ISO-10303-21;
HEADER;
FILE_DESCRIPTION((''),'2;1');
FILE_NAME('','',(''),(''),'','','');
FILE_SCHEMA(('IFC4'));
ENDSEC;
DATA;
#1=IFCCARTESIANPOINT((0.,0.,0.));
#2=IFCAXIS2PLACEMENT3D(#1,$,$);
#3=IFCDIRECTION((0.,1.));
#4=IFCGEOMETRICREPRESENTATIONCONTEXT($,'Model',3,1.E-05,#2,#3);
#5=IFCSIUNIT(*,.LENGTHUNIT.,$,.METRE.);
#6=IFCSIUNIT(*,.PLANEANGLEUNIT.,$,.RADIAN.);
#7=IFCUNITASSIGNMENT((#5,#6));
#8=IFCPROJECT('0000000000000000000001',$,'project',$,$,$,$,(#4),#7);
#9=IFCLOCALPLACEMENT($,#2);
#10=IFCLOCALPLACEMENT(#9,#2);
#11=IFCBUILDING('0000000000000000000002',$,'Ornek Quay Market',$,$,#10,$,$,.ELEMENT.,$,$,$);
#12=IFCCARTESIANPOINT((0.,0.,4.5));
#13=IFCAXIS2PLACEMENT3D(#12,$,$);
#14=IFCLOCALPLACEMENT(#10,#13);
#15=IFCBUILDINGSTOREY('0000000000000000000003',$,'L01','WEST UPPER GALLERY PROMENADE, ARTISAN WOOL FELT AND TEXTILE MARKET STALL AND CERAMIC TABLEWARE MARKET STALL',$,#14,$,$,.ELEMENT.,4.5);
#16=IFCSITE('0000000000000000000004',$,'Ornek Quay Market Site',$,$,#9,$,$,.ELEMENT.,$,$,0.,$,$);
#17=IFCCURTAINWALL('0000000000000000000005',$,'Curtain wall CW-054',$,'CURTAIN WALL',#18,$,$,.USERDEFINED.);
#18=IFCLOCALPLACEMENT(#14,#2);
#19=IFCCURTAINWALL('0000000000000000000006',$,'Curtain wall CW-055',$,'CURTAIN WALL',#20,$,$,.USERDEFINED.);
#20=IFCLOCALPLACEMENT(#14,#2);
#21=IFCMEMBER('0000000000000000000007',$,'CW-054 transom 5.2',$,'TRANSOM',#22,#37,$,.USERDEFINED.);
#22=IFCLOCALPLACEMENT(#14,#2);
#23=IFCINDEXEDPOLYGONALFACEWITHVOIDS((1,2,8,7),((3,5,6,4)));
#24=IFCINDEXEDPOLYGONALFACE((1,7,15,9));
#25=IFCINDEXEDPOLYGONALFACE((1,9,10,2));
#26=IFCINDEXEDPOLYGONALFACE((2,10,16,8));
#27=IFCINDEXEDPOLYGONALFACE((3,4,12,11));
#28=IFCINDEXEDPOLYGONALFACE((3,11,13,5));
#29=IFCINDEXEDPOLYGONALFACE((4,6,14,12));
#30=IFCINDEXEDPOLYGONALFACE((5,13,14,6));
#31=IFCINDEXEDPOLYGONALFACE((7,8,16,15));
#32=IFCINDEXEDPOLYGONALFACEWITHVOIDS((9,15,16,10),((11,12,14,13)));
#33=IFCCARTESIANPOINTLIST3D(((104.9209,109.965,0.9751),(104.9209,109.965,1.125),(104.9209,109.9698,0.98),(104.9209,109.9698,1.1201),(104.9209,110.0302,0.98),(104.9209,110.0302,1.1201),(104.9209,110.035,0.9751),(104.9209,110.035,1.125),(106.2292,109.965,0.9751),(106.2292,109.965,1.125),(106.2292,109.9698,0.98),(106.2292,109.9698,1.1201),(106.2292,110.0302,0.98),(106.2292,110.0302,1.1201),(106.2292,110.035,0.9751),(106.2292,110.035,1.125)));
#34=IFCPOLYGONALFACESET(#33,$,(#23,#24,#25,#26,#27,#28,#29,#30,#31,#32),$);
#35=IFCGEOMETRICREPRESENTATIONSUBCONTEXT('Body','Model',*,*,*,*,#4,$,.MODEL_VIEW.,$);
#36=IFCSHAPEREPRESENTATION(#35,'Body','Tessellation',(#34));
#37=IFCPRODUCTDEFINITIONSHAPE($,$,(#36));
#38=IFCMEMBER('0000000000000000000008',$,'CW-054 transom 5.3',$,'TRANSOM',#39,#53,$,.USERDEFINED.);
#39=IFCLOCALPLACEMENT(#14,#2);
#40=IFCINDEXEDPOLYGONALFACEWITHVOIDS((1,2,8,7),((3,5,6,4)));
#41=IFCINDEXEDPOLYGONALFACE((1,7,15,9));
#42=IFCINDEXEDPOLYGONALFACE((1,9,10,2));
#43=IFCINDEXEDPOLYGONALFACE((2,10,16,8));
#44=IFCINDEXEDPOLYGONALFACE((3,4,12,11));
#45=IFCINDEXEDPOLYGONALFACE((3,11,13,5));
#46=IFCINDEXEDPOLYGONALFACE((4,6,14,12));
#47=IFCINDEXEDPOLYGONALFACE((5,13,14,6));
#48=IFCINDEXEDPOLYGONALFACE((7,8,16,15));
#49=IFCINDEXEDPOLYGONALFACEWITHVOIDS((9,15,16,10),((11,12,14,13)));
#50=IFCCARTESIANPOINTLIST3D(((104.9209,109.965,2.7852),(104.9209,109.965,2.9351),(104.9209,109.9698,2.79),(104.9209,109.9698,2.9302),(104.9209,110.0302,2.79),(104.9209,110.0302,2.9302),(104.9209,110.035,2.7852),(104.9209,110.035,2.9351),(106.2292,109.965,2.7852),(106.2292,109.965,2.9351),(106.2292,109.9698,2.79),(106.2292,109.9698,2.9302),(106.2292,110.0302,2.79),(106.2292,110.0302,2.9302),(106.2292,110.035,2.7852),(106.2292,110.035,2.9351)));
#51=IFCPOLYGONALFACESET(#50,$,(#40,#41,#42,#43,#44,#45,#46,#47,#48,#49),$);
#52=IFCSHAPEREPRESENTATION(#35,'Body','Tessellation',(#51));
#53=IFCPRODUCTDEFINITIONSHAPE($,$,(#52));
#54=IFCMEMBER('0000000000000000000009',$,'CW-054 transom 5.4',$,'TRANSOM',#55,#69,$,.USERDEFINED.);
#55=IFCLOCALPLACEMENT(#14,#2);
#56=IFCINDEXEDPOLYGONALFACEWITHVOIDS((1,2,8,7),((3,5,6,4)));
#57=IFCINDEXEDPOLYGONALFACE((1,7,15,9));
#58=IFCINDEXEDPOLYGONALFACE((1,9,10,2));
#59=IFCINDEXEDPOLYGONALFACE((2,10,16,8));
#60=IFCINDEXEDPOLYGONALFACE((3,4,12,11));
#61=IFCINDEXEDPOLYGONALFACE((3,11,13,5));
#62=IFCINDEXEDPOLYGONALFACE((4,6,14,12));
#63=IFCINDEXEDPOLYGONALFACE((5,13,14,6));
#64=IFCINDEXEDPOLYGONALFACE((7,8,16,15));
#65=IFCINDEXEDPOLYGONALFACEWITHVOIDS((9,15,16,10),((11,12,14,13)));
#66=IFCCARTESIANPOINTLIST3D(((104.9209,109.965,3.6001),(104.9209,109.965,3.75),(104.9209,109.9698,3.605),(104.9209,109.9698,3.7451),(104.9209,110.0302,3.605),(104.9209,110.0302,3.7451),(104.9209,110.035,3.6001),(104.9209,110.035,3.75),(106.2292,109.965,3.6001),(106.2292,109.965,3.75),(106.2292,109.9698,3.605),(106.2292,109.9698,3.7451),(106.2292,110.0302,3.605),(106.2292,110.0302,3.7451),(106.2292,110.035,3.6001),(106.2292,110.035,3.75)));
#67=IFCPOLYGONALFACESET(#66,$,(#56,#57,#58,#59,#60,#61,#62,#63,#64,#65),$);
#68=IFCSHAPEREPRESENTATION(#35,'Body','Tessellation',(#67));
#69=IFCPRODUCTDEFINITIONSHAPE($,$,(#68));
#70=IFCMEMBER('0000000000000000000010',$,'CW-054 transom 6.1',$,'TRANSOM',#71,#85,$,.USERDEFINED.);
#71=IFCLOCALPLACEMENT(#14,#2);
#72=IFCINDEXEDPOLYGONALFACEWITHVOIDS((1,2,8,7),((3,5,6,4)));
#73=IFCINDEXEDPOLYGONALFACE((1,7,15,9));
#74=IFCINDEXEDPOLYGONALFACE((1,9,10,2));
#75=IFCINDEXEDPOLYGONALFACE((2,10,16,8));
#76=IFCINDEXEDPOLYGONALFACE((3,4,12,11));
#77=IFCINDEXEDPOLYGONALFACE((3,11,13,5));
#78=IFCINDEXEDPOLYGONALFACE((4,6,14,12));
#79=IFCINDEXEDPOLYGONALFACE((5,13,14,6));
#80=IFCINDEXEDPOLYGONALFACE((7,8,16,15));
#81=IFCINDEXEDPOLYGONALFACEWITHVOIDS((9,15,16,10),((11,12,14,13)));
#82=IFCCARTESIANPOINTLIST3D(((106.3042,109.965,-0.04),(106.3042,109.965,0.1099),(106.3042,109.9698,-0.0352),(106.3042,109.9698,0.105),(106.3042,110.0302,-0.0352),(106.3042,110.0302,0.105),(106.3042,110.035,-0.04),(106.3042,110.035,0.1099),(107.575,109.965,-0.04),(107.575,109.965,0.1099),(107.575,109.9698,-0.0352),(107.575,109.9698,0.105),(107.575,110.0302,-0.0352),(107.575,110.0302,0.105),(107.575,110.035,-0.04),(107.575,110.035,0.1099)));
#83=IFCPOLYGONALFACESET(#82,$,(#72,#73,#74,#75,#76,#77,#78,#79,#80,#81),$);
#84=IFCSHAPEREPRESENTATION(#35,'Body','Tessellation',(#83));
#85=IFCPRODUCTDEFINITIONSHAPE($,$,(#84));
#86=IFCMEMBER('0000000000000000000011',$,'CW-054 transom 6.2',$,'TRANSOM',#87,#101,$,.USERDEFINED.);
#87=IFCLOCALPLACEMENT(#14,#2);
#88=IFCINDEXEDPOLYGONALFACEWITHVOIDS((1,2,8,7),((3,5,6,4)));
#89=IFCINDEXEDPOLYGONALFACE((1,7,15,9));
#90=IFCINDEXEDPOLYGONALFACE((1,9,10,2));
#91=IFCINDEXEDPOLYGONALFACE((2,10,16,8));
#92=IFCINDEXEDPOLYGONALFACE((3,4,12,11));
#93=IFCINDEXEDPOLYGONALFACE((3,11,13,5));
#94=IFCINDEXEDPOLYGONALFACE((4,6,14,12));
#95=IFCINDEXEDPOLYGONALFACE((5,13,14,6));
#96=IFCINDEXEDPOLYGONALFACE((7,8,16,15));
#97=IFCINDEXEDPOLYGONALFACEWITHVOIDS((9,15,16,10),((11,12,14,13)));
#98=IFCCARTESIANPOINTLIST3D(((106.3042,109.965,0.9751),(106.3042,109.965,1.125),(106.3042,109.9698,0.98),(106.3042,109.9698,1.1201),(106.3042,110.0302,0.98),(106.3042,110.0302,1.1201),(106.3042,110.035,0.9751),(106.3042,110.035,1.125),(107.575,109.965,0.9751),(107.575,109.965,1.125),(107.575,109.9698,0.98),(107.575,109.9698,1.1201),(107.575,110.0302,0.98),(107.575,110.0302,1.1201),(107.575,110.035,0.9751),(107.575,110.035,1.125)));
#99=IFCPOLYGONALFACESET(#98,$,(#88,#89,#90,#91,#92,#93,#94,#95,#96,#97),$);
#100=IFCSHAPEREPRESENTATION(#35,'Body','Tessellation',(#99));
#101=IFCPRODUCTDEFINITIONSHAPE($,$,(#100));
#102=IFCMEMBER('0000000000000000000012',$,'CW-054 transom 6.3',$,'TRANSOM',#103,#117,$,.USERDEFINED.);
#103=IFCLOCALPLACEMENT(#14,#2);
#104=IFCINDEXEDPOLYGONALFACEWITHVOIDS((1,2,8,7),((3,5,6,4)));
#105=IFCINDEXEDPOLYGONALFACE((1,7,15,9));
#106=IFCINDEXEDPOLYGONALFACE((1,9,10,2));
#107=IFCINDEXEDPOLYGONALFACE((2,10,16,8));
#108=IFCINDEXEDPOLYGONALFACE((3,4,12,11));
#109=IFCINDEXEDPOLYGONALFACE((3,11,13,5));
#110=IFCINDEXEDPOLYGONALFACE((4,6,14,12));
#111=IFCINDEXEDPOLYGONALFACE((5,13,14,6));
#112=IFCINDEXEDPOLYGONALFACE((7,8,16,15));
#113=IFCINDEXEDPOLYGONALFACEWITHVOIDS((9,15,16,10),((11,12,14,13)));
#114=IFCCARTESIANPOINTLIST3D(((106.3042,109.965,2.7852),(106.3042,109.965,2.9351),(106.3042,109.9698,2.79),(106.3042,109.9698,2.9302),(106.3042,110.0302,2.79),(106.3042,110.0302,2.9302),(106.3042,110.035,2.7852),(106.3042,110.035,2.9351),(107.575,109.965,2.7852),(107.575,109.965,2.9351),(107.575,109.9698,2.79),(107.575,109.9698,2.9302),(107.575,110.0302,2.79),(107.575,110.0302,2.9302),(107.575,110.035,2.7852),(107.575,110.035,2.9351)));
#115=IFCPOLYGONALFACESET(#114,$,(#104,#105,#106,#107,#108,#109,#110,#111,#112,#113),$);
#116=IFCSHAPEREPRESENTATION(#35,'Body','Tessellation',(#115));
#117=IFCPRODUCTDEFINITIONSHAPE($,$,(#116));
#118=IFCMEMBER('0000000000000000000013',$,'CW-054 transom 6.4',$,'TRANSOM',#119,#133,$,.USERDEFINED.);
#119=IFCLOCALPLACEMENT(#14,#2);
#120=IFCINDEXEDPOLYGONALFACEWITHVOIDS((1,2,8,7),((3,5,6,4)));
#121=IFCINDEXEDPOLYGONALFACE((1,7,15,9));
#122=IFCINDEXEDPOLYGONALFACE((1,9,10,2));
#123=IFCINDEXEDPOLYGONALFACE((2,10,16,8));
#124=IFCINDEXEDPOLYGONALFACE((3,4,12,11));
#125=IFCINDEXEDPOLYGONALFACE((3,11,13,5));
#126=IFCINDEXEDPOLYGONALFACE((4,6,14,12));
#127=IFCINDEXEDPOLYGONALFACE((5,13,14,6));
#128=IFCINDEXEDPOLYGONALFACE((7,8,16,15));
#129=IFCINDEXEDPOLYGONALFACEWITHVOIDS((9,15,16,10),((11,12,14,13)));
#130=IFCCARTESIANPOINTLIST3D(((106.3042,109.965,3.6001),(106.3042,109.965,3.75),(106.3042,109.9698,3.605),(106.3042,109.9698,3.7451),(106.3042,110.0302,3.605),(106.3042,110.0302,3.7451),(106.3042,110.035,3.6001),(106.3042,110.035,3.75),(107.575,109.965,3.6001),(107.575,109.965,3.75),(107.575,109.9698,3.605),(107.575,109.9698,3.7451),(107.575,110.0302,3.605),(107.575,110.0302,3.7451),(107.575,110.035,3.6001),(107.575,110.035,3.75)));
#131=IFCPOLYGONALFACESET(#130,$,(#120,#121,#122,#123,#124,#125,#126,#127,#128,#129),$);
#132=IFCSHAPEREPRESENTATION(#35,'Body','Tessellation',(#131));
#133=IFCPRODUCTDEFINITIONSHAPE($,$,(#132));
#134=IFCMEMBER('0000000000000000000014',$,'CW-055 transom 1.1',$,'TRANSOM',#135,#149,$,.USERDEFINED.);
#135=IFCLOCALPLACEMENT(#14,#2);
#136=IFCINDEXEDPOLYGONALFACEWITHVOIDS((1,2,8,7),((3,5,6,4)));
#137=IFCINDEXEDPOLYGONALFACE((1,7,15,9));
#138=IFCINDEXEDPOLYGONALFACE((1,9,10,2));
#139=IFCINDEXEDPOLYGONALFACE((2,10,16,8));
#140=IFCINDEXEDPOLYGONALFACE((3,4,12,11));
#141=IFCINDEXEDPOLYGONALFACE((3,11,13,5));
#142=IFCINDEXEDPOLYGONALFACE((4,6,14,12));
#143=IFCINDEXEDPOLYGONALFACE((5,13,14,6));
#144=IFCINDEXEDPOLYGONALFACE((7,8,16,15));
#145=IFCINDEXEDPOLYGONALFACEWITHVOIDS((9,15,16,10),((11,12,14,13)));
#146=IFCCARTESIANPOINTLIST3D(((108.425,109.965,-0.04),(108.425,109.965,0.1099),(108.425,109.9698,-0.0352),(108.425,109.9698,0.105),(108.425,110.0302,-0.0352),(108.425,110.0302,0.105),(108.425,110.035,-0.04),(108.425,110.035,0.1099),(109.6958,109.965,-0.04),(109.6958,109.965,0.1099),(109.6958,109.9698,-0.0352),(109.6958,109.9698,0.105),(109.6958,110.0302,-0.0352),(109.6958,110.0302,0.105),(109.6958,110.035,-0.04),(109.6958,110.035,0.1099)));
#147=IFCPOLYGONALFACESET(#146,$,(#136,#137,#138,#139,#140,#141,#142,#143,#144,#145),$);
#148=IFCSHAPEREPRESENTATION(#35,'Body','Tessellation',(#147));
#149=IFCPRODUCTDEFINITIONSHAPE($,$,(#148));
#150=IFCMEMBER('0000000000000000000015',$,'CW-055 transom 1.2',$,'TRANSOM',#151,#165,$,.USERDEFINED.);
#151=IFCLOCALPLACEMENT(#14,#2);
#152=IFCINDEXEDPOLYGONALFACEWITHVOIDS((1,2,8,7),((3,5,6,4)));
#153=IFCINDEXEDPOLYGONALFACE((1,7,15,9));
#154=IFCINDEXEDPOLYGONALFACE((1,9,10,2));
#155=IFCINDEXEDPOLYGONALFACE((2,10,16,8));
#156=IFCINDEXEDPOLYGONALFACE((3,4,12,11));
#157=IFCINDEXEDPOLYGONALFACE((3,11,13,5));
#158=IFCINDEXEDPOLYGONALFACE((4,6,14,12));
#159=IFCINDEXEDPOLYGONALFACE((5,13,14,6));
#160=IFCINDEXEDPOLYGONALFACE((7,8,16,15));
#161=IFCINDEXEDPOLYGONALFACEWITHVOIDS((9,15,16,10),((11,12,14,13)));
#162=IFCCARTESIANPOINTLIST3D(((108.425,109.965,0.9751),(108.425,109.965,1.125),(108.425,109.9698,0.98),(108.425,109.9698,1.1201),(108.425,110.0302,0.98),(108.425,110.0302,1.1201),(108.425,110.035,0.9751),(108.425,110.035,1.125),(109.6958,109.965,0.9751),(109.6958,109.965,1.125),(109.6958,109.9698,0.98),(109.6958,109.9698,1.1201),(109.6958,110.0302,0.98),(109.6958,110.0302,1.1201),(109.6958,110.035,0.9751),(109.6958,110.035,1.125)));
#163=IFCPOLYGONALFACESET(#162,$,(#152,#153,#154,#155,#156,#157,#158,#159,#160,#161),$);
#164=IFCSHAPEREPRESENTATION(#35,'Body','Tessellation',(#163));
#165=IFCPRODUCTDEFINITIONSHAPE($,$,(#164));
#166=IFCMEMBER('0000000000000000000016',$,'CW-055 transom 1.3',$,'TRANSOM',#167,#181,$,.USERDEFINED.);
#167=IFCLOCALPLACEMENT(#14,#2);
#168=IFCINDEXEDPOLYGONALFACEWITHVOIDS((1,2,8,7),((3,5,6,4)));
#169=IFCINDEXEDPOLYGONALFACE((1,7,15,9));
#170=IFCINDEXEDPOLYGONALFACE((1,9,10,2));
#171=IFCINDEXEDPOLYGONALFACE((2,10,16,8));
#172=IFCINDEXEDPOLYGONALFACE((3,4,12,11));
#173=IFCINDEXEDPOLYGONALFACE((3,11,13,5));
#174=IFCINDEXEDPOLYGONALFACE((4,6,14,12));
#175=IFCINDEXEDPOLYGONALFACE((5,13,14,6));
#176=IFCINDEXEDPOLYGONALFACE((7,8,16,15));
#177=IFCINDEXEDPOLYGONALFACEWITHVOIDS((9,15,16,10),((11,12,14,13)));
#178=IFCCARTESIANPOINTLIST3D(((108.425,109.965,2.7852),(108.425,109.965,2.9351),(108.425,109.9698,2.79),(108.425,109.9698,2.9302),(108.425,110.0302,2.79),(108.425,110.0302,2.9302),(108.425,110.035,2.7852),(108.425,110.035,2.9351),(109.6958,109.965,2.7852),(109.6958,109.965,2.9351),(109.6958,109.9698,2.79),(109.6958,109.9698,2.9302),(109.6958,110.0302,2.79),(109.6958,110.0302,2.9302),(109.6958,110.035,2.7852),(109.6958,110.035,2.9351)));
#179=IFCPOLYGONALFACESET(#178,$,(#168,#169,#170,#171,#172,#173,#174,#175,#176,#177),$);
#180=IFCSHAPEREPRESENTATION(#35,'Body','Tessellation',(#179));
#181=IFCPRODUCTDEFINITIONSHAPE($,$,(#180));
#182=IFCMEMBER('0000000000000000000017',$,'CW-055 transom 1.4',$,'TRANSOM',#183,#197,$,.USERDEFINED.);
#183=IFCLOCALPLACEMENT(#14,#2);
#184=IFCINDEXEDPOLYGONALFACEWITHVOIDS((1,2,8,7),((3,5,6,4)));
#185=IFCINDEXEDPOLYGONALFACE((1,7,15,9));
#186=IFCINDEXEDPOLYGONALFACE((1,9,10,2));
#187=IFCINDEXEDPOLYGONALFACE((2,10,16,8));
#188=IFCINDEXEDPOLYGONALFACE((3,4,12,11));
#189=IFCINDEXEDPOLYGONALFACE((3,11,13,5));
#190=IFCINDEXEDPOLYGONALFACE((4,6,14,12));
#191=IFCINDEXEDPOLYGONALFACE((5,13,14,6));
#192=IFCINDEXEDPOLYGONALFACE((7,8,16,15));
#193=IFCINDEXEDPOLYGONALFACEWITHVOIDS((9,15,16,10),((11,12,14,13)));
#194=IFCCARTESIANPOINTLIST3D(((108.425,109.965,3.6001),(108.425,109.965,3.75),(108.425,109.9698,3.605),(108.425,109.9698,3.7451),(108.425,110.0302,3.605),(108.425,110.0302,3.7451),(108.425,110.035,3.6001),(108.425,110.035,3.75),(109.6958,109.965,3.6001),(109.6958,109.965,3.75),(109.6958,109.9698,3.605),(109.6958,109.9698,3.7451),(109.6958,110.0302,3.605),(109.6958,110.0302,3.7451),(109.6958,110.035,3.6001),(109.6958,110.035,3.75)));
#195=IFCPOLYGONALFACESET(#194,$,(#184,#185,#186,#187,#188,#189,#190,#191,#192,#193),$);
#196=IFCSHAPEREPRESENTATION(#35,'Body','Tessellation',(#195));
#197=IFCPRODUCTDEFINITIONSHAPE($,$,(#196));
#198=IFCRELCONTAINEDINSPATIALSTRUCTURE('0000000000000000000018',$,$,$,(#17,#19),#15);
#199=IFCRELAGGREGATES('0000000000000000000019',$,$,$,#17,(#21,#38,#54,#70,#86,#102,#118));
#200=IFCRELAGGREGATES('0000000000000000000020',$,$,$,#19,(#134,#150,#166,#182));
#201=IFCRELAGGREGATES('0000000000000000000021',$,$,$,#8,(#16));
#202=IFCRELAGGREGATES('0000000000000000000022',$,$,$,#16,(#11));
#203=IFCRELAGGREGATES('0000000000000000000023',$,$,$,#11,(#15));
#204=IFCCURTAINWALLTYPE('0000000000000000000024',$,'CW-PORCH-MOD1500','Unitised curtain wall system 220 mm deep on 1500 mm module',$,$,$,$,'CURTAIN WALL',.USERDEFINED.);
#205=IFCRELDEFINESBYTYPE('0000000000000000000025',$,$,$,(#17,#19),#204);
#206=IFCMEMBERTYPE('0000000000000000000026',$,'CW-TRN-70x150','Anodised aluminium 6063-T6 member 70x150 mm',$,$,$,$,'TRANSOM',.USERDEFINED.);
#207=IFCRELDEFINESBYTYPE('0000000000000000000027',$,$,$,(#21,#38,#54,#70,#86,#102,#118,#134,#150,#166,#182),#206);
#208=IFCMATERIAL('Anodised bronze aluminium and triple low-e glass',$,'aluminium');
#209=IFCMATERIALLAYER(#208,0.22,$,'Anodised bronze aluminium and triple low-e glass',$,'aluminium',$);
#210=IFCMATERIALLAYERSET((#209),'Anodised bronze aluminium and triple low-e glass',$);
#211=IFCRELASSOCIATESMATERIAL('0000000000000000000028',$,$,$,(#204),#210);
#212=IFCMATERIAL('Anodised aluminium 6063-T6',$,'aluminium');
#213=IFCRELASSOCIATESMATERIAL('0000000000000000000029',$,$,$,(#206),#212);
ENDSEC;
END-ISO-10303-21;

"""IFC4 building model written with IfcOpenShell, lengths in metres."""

from ifc_helpers import new_model, si_unit, direction, frame, origin, origin_2d, place, context, subcontext, project, spatial, hollow_rectangle, extrude, material, layer, layer_set, material_profile, profile_set, type_object, element, aggregate, save


model = new_model("IFC4")

# Units and contexts
model_context = context("Model", 3, precision=1e-05, world=origin(), true_north=direction((0.0, 1.0)))
body_context = subcontext(model_context, "Body", "Model", "MODEL_VIEW")
ifc_project = project(units=[si_unit("LENGTHUNIT", "METRE"), si_unit("PLANEANGLEUNIT", "RADIAN")], contexts=[model_context])

# Site, building, storey
site_placement = place(None, origin())
site = spatial("IfcSite", under=ifc_project, at=site_placement, Name="Ornek Quay Market Site", CompositionType="ELEMENT", RefElevation=0.0)
building_placement = place(site_placement, origin())
building = spatial("IfcBuilding", under=site, at=building_placement, Name="Ornek Quay Market", CompositionType="ELEMENT")
storey_placement = place(building_placement, frame((0.0, 0.0, 4.5)))
storey = spatial("IfcBuildingStorey", under=building, at=storey_placement, Name="L01", Description="WEST UPPER GALLERY PROMENADE, ARTISAN WOOL FELT AND TEXTILE MARKET STALL AND CERAMIC TABLEWARE MARKET STALL", CompositionType="ELEMENT", Elevation=4.5)

# Curtain wall
ifc_material_1 = material(Name="Anodised bronze aluminium and triple low-e glass", Category="aluminium")
ifc_layer_1 = layer(ifc_material_1, 0.22, Name="Anodised bronze aluminium and triple low-e glass", Category="aluminium")
ifc_layer_set_1 = layer_set([ifc_layer_1], Name="Anodised bronze aluminium and triple low-e glass")
curtain_wall_type = type_object("IfcCurtainWallType", Name="CW-PORCH-MOD1500", Description="Unitised curtain wall system 220 mm deep on 1500 mm module", ElementType="CURTAIN WALL", PredefinedType="USERDEFINED", material=ifc_layer_set_1)
curtain_wall_1_placement = place(storey_placement, origin())
curtain_wall_1 = element("IfcCurtainWall", 1, at=curtain_wall_1_placement, inside=storey, type_object=curtain_wall_type, Name="Curtain wall CW-054", ObjectType="CURTAIN WALL", PredefinedType="USERDEFINED")
ifc_material_2 = material(Name="Anodised aluminium 6063-T6", Category="aluminium")

# Curtain wall
curtain_wall_2_placement = place(storey_placement, origin())
curtain_wall_2 = element("IfcCurtainWall", 2, at=curtain_wall_2_placement, inside=storey, type_object=curtain_wall_type, Name="Curtain wall CW-055", ObjectType="CURTAIN WALL", PredefinedType="USERDEFINED")

# Members
ifc_material_profile_1 = material_profile(ifc_material_2, hollow_rectangle(XDim=0.0701, YDim=0.1499, WallThickness=0.0049, at=origin_2d()), Name="CW-TRN-70x150", Category="aluminium")
ifc_profile_set_1 = profile_set([ifc_material_profile_1], Name="Anodised aluminium 6063-T6")
member_type_1 = type_object("IfcMemberType", Name="CW-TRN-70x150", Description="Anodised aluminium 6063-T6 member 70x150 mm", ElementType="TRANSOM", PredefinedType="USERDEFINED", material=ifc_profile_set_1)
member_1_placement = place(storey_placement, frame((104.9209, 110.0, 1.05), z_axis=(1.0, 0.0, 0.0), x_axis=(0.0, 1.0, 0.0)))
member_1 = element("IfcMember", 3, at=member_1_placement, type_object=member_type_1, Name="CW-054 transom 5.2", ObjectType="TRANSOM", PredefinedType="USERDEFINED", context=body_context, shape_type="SweptSolid", body=[
    extrude(hollow_rectangle(XDim=0.0701, YDim=0.1499, WallThickness=0.0049, at=origin_2d()), origin(), (0.0, 0.0, 1.0), 1.3083),
])
member_2_placement = place(storey_placement, frame((104.9209, 110.0, 2.8601), z_axis=(1.0, 0.0, 0.0), x_axis=(0.0, 1.0, 0.0)))
member_2 = element("IfcMember", 4, at=member_2_placement, type_object=member_type_1, Name="CW-054 transom 5.3", ObjectType="TRANSOM", PredefinedType="USERDEFINED", context=body_context, shape_type="SweptSolid", body=[
    extrude(hollow_rectangle(XDim=0.0701, YDim=0.1499, WallThickness=0.0049, at=origin_2d()), origin(), (0.0, 0.0, 1.0), 1.3083),
])
member_3_placement = place(storey_placement, frame((104.9209, 110.0, 3.675), z_axis=(1.0, 0.0, 0.0), x_axis=(0.0, 1.0, 0.0)))
member_3 = element("IfcMember", 5, at=member_3_placement, type_object=member_type_1, Name="CW-054 transom 5.4", ObjectType="TRANSOM", PredefinedType="USERDEFINED", context=body_context, shape_type="SweptSolid", body=[
    extrude(hollow_rectangle(XDim=0.0701, YDim=0.1499, WallThickness=0.0049, at=origin_2d()), origin(), (0.0, 0.0, 1.0), 1.3083),
])
member_4_placement = place(storey_placement, frame((106.3042, 110.0, 0.0349), z_axis=(1.0, 0.0, 0.0), x_axis=(0.0, 1.0, 0.0)))
member_4 = element("IfcMember", 6, at=member_4_placement, type_object=member_type_1, Name="CW-054 transom 6.1", ObjectType="TRANSOM", PredefinedType="USERDEFINED", context=body_context, shape_type="SweptSolid", body=[
    extrude(hollow_rectangle(XDim=0.0701, YDim=0.1499, WallThickness=0.0049, at=origin_2d()), origin(), (0.0, 0.0, 1.0), 1.2708),
])
member_5_placement = place(storey_placement, frame((106.3042, 110.0, 1.05), z_axis=(1.0, 0.0, 0.0), x_axis=(0.0, 1.0, 0.0)))
member_5 = element("IfcMember", 7, at=member_5_placement, type_object=member_type_1, Name="CW-054 transom 6.2", ObjectType="TRANSOM", PredefinedType="USERDEFINED", context=body_context, shape_type="SweptSolid", body=[
    extrude(hollow_rectangle(XDim=0.0701, YDim=0.1499, WallThickness=0.0049, at=origin_2d()), origin(), (0.0, 0.0, 1.0), 1.2708),
])
member_6_placement = place(storey_placement, frame((106.3042, 110.0, 2.8601), z_axis=(1.0, 0.0, 0.0), x_axis=(0.0, 1.0, 0.0)))
member_6 = element("IfcMember", 8, at=member_6_placement, type_object=member_type_1, Name="CW-054 transom 6.3", ObjectType="TRANSOM", PredefinedType="USERDEFINED", context=body_context, shape_type="SweptSolid", body=[
    extrude(hollow_rectangle(XDim=0.0701, YDim=0.1499, WallThickness=0.0049, at=origin_2d()), origin(), (0.0, 0.0, 1.0), 1.2708),
])
member_7_placement = place(storey_placement, frame((106.3042, 110.0, 3.675), z_axis=(1.0, 0.0, 0.0), x_axis=(0.0, 1.0, 0.0)))
member_7 = element("IfcMember", 9, at=member_7_placement, type_object=member_type_1, Name="CW-054 transom 6.4", ObjectType="TRANSOM", PredefinedType="USERDEFINED", context=body_context, shape_type="SweptSolid", body=[
    extrude(hollow_rectangle(XDim=0.0701, YDim=0.1499, WallThickness=0.0049, at=origin_2d()), origin(), (0.0, 0.0, 1.0), 1.2708),
])
member_8_placement = place(storey_placement, frame((108.425, 110.0, 0.0349), z_axis=(1.0, 0.0, 0.0), x_axis=(0.0, 1.0, 0.0)))
member_8 = element("IfcMember", 10, at=member_8_placement, type_object=member_type_1, Name="CW-055 transom 1.1", ObjectType="TRANSOM", PredefinedType="USERDEFINED", context=body_context, shape_type="SweptSolid", body=[
    extrude(hollow_rectangle(XDim=0.0701, YDim=0.1499, WallThickness=0.0049, at=origin_2d()), origin(), (0.0, 0.0, 1.0), 1.2708),
])
member_9_placement = place(storey_placement, frame((108.425, 110.0, 1.05), z_axis=(1.0, 0.0, 0.0), x_axis=(0.0, 1.0, 0.0)))
member_9 = element("IfcMember", 11, at=member_9_placement, type_object=member_type_1, Name="CW-055 transom 1.2", ObjectType="TRANSOM", PredefinedType="USERDEFINED", context=body_context, shape_type="SweptSolid", body=[
    extrude(hollow_rectangle(XDim=0.0701, YDim=0.1499, WallThickness=0.0049, at=origin_2d()), origin(), (0.0, 0.0, 1.0), 1.2708),
])
member_10_placement = place(storey_placement, frame((108.425, 110.0, 2.8601), z_axis=(1.0, 0.0, 0.0), x_axis=(0.0, 1.0, 0.0)))
member_10 = element("IfcMember", 12, at=member_10_placement, type_object=member_type_1, Name="CW-055 transom 1.3", ObjectType="TRANSOM", PredefinedType="USERDEFINED", context=body_context, shape_type="SweptSolid", body=[
    extrude(hollow_rectangle(XDim=0.0701, YDim=0.1499, WallThickness=0.0049, at=origin_2d()), origin(), (0.0, 0.0, 1.0), 1.2708),
])
member_11_placement = place(storey_placement, frame((108.425, 110.0, 3.675), z_axis=(1.0, 0.0, 0.0), x_axis=(0.0, 1.0, 0.0)))
member_11 = element("IfcMember", 13, at=member_11_placement, type_object=member_type_1, Name="CW-055 transom 1.4", ObjectType="TRANSOM", PredefinedType="USERDEFINED", context=body_context, shape_type="SweptSolid", body=[
    extrude(hollow_rectangle(XDim=0.0701, YDim=0.1499, WallThickness=0.0049, at=origin_2d()), origin(), (0.0, 0.0, 1.0), 1.2708),
])

aggregate(curtain_wall_1, [member_1, member_2, member_3, member_4, member_5, member_6, member_7])
aggregate(curtain_wall_2, [member_8, member_9, member_10, member_11])

save(model, "model.ifc")
